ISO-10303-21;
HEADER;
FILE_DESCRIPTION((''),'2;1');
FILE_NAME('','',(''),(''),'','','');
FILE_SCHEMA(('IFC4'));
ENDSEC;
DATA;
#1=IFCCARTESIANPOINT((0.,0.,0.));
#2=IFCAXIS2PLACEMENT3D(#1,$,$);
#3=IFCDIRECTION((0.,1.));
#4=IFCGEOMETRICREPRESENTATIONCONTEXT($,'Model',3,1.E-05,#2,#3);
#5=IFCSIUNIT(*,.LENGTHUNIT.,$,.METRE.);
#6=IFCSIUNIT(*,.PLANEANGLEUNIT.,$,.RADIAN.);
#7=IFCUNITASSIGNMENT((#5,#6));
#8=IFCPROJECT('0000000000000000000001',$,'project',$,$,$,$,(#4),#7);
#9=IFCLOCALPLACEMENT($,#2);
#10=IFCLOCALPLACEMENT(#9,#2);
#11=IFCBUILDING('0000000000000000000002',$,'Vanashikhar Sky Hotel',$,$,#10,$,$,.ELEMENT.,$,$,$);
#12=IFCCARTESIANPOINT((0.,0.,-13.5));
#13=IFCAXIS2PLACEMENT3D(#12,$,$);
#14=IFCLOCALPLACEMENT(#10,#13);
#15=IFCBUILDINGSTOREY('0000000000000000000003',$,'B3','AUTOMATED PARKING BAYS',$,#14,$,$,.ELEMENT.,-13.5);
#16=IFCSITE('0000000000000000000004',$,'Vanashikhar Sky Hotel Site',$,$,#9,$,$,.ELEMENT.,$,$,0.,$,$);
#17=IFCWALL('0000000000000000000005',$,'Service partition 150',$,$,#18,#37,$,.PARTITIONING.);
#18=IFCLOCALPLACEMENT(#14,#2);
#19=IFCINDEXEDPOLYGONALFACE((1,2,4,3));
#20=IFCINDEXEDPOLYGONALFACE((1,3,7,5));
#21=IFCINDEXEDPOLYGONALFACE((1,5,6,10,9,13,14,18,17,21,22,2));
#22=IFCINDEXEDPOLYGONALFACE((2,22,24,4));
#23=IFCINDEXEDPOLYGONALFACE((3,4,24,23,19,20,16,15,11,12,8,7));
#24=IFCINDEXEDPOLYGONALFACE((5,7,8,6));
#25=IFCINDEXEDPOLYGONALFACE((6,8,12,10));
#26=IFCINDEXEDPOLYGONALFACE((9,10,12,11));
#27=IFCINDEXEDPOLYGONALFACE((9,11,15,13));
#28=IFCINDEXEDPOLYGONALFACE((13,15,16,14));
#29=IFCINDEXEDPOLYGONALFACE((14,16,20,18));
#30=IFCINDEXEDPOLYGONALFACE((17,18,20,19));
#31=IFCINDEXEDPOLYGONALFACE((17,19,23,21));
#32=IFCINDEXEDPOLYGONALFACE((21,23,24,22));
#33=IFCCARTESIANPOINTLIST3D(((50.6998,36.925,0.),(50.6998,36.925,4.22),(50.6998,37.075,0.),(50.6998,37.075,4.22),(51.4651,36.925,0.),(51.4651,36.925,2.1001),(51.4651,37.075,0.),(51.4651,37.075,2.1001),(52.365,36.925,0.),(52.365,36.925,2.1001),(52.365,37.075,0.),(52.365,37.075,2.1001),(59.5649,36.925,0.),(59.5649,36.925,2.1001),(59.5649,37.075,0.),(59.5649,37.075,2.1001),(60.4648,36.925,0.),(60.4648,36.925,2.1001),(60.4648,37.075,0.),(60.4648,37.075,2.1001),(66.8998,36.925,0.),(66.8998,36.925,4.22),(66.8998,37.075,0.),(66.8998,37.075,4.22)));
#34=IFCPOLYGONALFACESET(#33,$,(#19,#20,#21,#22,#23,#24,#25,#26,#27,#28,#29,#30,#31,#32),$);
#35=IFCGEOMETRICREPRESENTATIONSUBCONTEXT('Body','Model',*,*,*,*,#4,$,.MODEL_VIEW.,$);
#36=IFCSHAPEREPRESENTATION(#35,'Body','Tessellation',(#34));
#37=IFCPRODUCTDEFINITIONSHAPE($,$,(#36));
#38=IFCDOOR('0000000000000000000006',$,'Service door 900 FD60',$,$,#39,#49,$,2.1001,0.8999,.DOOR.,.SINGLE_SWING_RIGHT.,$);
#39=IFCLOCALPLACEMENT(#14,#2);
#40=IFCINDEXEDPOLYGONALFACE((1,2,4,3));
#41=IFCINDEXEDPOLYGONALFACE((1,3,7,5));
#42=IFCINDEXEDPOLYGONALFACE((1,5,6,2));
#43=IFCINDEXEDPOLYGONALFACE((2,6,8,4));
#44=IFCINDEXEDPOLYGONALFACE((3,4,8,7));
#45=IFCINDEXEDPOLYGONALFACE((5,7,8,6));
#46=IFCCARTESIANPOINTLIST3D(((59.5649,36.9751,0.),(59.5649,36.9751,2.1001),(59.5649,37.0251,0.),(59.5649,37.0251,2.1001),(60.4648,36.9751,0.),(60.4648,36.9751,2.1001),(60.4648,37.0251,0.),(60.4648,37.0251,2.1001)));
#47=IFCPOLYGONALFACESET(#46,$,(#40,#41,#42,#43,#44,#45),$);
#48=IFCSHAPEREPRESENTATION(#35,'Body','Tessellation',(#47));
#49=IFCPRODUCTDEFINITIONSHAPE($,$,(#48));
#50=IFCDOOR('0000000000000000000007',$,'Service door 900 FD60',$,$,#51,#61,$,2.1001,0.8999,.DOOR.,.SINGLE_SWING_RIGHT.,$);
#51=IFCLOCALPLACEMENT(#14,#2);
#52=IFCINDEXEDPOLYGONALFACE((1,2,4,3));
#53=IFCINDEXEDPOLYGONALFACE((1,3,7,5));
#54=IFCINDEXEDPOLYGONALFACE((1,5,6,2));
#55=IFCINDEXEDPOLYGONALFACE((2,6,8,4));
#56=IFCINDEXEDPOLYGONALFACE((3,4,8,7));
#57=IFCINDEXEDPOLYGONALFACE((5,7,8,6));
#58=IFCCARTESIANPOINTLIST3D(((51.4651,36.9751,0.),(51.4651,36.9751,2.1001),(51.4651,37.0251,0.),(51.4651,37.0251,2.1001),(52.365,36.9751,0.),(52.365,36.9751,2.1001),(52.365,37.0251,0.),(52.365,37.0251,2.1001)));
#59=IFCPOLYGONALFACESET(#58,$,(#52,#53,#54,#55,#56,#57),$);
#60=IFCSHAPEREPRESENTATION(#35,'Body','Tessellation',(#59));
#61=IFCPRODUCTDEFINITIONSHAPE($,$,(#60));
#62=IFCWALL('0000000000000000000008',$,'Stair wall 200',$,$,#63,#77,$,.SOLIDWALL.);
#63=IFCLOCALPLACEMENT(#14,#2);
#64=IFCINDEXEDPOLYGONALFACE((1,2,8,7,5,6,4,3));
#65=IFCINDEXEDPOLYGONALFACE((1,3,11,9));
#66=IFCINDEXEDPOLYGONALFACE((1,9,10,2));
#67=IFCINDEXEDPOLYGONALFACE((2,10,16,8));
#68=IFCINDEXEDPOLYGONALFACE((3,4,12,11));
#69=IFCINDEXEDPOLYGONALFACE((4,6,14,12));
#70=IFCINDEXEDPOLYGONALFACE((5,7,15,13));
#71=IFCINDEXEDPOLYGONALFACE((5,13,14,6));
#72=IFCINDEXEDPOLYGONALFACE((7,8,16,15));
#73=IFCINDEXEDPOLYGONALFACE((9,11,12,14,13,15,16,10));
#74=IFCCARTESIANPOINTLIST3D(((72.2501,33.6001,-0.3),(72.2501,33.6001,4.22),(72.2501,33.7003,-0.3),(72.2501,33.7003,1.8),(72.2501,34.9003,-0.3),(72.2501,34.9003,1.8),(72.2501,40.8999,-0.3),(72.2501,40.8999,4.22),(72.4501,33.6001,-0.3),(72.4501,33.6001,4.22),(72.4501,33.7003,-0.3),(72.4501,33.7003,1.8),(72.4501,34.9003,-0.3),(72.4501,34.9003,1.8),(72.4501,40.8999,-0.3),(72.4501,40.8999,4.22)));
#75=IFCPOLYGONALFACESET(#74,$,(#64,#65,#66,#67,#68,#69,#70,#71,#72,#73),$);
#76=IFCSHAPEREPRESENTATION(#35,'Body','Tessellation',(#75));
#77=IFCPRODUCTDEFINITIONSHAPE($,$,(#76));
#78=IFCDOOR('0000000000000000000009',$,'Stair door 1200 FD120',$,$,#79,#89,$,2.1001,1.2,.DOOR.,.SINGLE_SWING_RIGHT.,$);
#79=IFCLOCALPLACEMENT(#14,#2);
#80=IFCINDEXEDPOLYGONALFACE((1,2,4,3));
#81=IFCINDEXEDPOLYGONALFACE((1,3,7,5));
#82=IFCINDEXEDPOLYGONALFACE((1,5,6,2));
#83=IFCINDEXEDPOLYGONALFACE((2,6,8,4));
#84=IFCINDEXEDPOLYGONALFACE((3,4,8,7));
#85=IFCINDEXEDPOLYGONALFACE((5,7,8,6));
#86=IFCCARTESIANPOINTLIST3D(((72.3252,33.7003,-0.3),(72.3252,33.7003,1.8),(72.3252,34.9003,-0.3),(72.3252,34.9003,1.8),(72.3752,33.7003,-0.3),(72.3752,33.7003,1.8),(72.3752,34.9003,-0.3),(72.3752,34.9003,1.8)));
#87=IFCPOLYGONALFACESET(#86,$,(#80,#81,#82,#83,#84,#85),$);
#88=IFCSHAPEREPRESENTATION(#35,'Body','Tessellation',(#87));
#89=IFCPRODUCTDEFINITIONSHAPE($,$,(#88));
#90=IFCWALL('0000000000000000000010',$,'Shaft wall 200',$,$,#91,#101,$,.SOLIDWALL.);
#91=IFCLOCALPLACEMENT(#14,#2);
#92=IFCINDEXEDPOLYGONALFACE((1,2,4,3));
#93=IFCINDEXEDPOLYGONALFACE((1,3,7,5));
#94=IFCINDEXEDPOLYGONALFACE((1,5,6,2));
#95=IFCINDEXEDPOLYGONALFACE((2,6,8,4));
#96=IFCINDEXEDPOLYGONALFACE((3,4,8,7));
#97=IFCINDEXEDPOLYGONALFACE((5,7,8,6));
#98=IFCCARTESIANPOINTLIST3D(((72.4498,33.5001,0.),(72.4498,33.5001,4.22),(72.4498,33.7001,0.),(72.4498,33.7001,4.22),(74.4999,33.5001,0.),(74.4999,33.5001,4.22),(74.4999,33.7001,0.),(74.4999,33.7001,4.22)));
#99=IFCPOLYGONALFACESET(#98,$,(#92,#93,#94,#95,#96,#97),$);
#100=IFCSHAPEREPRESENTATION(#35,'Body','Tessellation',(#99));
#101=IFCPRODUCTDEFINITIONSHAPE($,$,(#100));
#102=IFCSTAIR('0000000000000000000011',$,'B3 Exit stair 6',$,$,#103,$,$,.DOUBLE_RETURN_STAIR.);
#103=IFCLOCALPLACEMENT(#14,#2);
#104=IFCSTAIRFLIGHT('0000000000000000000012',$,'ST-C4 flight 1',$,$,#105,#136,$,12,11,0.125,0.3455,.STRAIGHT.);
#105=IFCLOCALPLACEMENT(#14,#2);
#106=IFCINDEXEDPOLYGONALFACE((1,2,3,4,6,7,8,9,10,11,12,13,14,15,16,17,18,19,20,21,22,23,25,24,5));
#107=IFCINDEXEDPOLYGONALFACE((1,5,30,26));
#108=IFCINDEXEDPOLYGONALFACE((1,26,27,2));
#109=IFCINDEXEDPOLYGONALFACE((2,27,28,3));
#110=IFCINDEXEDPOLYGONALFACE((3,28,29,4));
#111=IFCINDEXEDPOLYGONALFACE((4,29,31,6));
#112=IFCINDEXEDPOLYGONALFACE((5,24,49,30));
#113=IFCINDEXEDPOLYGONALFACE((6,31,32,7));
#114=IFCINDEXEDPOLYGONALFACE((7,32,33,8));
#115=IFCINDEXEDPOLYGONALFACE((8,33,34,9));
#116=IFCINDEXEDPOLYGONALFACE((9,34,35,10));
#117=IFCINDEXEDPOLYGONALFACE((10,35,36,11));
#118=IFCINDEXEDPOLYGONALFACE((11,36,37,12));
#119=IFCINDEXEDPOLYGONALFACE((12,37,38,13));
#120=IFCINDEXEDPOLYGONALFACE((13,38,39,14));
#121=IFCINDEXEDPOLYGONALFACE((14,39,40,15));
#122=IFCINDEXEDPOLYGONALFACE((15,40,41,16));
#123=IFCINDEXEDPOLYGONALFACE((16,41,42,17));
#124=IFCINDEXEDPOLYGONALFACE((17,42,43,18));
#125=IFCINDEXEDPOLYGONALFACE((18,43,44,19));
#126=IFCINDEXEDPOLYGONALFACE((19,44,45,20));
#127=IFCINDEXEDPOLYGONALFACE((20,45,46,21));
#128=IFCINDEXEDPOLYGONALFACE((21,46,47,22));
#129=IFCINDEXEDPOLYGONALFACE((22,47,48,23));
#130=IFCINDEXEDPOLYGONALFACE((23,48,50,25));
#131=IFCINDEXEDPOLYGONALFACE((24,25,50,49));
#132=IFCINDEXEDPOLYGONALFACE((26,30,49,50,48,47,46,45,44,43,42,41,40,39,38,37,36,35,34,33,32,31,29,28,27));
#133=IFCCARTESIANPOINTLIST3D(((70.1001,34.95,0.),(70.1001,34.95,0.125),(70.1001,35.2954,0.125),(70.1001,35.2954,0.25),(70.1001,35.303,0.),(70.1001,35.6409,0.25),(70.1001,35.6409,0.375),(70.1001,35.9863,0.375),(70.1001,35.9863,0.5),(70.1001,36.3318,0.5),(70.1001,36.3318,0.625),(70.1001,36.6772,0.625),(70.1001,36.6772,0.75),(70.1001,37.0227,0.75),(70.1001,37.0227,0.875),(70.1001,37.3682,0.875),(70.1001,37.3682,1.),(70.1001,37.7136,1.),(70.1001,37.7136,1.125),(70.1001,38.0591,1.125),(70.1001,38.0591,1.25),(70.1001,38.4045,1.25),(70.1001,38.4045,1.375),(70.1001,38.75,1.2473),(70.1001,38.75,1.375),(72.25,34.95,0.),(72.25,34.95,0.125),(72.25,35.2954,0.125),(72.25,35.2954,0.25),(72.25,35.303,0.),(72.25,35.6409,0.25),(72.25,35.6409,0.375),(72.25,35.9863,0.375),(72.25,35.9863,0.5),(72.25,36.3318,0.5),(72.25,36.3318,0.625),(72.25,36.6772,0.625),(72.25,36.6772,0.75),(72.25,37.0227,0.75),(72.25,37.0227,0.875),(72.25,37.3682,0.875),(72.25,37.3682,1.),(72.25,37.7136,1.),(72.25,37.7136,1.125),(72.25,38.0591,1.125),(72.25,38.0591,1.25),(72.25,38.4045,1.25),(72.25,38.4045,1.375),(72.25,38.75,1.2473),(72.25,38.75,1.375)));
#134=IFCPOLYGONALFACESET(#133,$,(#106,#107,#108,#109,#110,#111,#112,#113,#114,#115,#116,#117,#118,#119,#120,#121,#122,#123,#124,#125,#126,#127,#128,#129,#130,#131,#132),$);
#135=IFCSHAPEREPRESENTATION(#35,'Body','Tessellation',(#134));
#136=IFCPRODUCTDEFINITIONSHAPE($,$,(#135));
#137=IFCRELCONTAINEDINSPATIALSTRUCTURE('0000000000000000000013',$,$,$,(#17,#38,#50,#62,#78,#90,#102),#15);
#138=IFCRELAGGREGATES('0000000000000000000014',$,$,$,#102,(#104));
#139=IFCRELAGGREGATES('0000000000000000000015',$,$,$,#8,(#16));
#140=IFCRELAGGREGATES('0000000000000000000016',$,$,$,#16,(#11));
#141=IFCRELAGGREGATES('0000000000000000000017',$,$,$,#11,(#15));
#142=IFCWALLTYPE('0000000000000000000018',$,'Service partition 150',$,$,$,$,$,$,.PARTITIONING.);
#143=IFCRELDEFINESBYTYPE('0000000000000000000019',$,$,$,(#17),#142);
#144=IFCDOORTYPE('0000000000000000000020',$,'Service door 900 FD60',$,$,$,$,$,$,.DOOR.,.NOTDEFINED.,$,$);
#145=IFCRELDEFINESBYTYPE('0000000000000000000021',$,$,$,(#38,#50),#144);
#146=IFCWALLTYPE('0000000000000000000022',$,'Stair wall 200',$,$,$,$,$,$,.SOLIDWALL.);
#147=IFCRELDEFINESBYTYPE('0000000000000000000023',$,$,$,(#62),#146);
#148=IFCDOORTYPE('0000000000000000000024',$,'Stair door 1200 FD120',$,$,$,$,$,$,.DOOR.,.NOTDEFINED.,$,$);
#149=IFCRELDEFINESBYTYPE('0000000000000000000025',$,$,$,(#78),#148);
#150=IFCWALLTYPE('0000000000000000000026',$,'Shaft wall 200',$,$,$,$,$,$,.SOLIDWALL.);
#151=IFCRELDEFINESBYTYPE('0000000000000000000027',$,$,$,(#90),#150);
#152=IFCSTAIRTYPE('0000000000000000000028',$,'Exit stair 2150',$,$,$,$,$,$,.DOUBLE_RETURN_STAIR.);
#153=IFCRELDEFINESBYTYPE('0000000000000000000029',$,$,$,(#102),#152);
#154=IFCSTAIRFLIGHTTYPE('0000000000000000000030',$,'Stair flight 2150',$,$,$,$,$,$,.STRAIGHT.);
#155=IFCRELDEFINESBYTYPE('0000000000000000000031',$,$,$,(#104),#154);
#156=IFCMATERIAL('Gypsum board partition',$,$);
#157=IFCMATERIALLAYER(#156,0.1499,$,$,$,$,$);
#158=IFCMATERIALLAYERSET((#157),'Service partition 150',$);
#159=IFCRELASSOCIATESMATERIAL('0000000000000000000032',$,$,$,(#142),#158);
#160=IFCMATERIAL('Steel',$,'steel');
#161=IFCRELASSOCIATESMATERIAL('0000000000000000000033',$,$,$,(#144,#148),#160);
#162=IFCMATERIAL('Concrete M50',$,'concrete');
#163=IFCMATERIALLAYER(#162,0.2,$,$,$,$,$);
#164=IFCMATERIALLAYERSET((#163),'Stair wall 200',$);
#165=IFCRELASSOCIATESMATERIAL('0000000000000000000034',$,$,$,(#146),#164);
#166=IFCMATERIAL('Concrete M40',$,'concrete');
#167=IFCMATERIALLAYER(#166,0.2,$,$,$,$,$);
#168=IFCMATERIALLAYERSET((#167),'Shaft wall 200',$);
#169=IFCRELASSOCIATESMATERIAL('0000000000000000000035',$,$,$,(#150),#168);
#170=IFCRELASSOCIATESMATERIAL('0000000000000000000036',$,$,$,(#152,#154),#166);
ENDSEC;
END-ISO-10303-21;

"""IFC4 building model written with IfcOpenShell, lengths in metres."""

from ifc_helpers import new_model, si_unit, direction, frame, frame_2d, origin, place, context, subcontext, project, spatial, polyline, rectangle, outline, extrude, source, transform, mapped, material, layer, layer_set, type_object, element, fill, aggregate, save


model = new_model("IFC4")

# Units and contexts
model_context = context("Model", 3, precision=1e-05, world=origin(), true_north=direction((0.0, 1.0)))
body_context = subcontext(model_context, "Body", "Model", "MODEL_VIEW")
ifc_project = project(units=[si_unit("LENGTHUNIT", "METRE"), si_unit("PLANEANGLEUNIT", "RADIAN")], contexts=[model_context])

# Site, building, storey
site_placement = place(None, origin())
site = spatial("IfcSite", under=ifc_project, at=site_placement, Name="Vanashikhar Sky Hotel Site", CompositionType="ELEMENT", RefElevation=0.0)
building_placement = place(site_placement, origin())
building = spatial("IfcBuilding", under=site, at=building_placement, Name="Vanashikhar Sky Hotel", CompositionType="ELEMENT")
storey_placement = place(building_placement, frame((0.0, 0.0, -13.5)))
storey = spatial("IfcBuildingStorey", under=building, at=storey_placement, Name="B3", Description="AUTOMATED PARKING BAYS", CompositionType="ELEMENT", Elevation=-13.5)

# Shared definitions
ifc_material_1 = material(Name="Concrete M40", Category="concrete")

# Wall, openings, doors
ifc_material_2 = material(Name="Gypsum board partition")
ifc_layer_1 = layer(ifc_material_2, 0.1499)
ifc_layer_set_1 = layer_set([ifc_layer_1], Name="Service partition 150")
wall_type_1 = type_object("IfcWallType", Name="Service partition 150", PredefinedType="PARTITIONING", material=ifc_layer_set_1)
shared_shape_1 = source(origin(), body_context, "Body", "SweptSolid", [
    extrude(rectangle(XDim=0.8999, YDim=2.1001, at=frame_2d((0.45, 1.05))), frame((0.0, 0.085, 0.0), z_axis=(0.0, -1.0, 0.0), x_axis=(1.0, 0.0, 0.0)), (0.0, 0.0, 1.0), 0.1699),
])
ifc_material_3 = material(Name="Steel", Category="steel")
door_type_1 = type_object("IfcDoorType", Name="Service door 900 FD60", OperationType="NOTDEFINED", PredefinedType="DOOR", material=ifc_material_3)
shared_shape_2 = source(origin(), body_context, "Body", "SweptSolid", [
    extrude(rectangle(XDim=0.8999, YDim=2.1001, at=frame_2d((0.45, 1.05))), frame((0.0, 0.0249, 0.0), z_axis=(0.0, -1.0, 0.0), x_axis=(1.0, 0.0, 0.0)), (0.0, 0.0, 1.0), 0.05),
])
shared_shape_3 = source(origin(), body_context, "Body", "SweptSolid", [
    extrude(rectangle(XDim=16.2, YDim=0.1499, at=frame_2d((8.1001, 0.0))), origin(), (0.0, 0.0, 1.0), 4.22),
])
wall_1_placement = place(storey_placement, frame((66.8999, 37.0, 0.0), z_axis=(0.0, 0.0, 1.0), x_axis=(-1.0, 0.0, 0.0)))
wall_1 = element("IfcWall", 1, at=wall_1_placement, inside=storey, type_object=wall_type_1, Name="Service partition 150", PredefinedType="PARTITIONING", context=body_context, shape_type="MappedRepresentation", body=[
    mapped(shared_shape_3, transform((0.0, 0.0, 0.0), scale=1.0)),
])
opening_1_placement = place(wall_1_placement, frame((6.4351, 0.0, 0.0)))
opening_1 = element("IfcOpeningElement", 2, at=opening_1_placement, cuts=wall_1, PredefinedType="OPENING", context=body_context, shape_type="MappedRepresentation", body=[
    mapped(shared_shape_1, transform((0.0, 0.0, 0.0), scale=1.0)),
])
opening_2_placement = place(wall_1_placement, frame((14.5349, 0.0, 0.0)))
opening_2 = element("IfcOpeningElement", 3, at=opening_2_placement, cuts=wall_1, PredefinedType="OPENING", context=body_context, shape_type="MappedRepresentation", body=[
    mapped(shared_shape_1, transform((0.0, 0.0, 0.0), scale=1.0)),
])
door_1_placement = place(opening_1_placement, origin())
door_1 = element("IfcDoor", 4, at=door_1_placement, inside=storey, type_object=door_type_1, Name="Service door 900 FD60", OperationType="SINGLE_SWING_RIGHT", OverallHeight=2.1001, OverallWidth=0.8999, PredefinedType="DOOR", context=body_context, shape_type="MappedRepresentation", body=[
    mapped(shared_shape_2, transform((0.0, 0.0, 0.0), scale=1.0)),
])
fill(opening_1, door_1)
door_2_placement = place(opening_2_placement, origin())
door_2 = element("IfcDoor", 5, at=door_2_placement, inside=storey, type_object=door_type_1, Name="Service door 900 FD60", OperationType="SINGLE_SWING_RIGHT", OverallHeight=2.1001, OverallWidth=0.8999, PredefinedType="DOOR", context=body_context, shape_type="MappedRepresentation", body=[
    mapped(shared_shape_2, transform((0.0, 0.0, 0.0), scale=1.0)),
])
fill(opening_2, door_2)

# Wall, opening, door
ifc_material_4 = material(Name="Concrete M50", Category="concrete")
ifc_layer_2 = layer(ifc_material_4, 0.2)
ifc_layer_set_2 = layer_set([ifc_layer_2], Name="Stair wall 200")
wall_type_2 = type_object("IfcWallType", Name="Stair wall 200", PredefinedType="SOLIDWALL", material=ifc_layer_set_2)
shared_shape_4 = source(origin(), body_context, "Body", "SweptSolid", [
    extrude(rectangle(XDim=7.2998, YDim=0.2, at=frame_2d((3.6499, 0.0))), origin(), (0.0, 0.0, 1.0), 4.52),
])
wall_2_placement = place(storey_placement, frame((72.3501, 33.6001, -0.3), z_axis=(0.0, 0.0, 1.0), x_axis=(0.0, 1.0, 0.0)))
wall_2 = element("IfcWall", 6, at=wall_2_placement, inside=storey, type_object=wall_type_2, Name="Stair wall 200", PredefinedType="SOLIDWALL", context=body_context, shape_type="MappedRepresentation", body=[
    mapped(shared_shape_4, transform((0.0, 0.0, 0.0), scale=1.0)),
])
shared_shape_5 = source(origin(), body_context, "Body", "SweptSolid", [
    extrude(rectangle(XDim=1.2, YDim=2.1001, at=frame_2d((0.6001, 1.05))), frame((0.0, 0.1099, 0.0), z_axis=(0.0, -1.0, 0.0), x_axis=(1.0, 0.0, 0.0)), (0.0, 0.0, 1.0), 0.22),
])
opening_3_placement = place(wall_2_placement, frame((0.1001, 0.0, 0.0)))
opening_3 = element("IfcOpeningElement", 7, at=opening_3_placement, cuts=wall_2, PredefinedType="OPENING", context=body_context, shape_type="MappedRepresentation", body=[
    mapped(shared_shape_5, transform((0.0, 0.0, 0.0), scale=1.0)),
])
door_type_2 = type_object("IfcDoorType", Name="Stair door 1200 FD120", OperationType="NOTDEFINED", PredefinedType="DOOR", material=ifc_material_3)
shared_shape_6 = source(origin(), body_context, "Body", "SweptSolid", [
    extrude(rectangle(XDim=1.2, YDim=2.1001, at=frame_2d((0.6001, 1.05))), frame((0.0, 0.0249, 0.0), z_axis=(0.0, -1.0, 0.0), x_axis=(1.0, 0.0, 0.0)), (0.0, 0.0, 1.0), 0.05),
])
door_3_placement = place(opening_3_placement, origin())
door_3 = element("IfcDoor", 8, at=door_3_placement, inside=storey, type_object=door_type_2, Name="Stair door 1200 FD120", OperationType="SINGLE_SWING_RIGHT", OverallHeight=2.1001, OverallWidth=1.2, PredefinedType="DOOR", context=body_context, shape_type="MappedRepresentation", body=[
    mapped(shared_shape_6, transform((0.0, 0.0, 0.0), scale=1.0)),
])
fill(opening_3, door_3)

# Wall
ifc_layer_3 = layer(ifc_material_1, 0.2)
ifc_layer_set_3 = layer_set([ifc_layer_3], Name="Shaft wall 200")
wall_type_3 = type_object("IfcWallType", Name="Shaft wall 200", PredefinedType="SOLIDWALL", material=ifc_layer_set_3)
shared_shape_7 = source(origin(), body_context, "Body", "SweptSolid", [
    extrude(rectangle(XDim=2.05, YDim=0.2, at=frame_2d((1.0249, 0.0))), origin(), (0.0, 0.0, 1.0), 4.22),
])
wall_3_placement = place(storey_placement, frame((72.45, 33.6001, 0.0), z_axis=(0.0, 0.0, 1.0), x_axis=(1.0, 0.0, 0.0)))
element("IfcWall", 9, at=wall_3_placement, inside=storey, type_object=wall_type_3, Name="Shaft wall 200", PredefinedType="SOLIDWALL", context=body_context, shape_type="MappedRepresentation", body=[
    mapped(shared_shape_7, transform((0.0, 0.0, 0.0), scale=1.0)),
])

# Stair, stair flight
stair_type = type_object("IfcStairType", Name="Exit stair 2150", PredefinedType="DOUBLE_RETURN_STAIR", material=ifc_material_1)
stair_placement = place(storey_placement, origin())
stair = element("IfcStair", 10, at=stair_placement, inside=storey, type_object=stair_type, Name="B3 Exit stair 6", PredefinedType="DOUBLE_RETURN_STAIR")
stair_flight_type = type_object("IfcStairFlightType", Name="Stair flight 2150", PredefinedType="STRAIGHT", material=ifc_material_1)
shared_shape_8 = source(origin(), body_context, "Body", "SweptSolid", [
    extrude(outline(polyline([(0.0, 0.0), (0.0, 0.125), (0.3455, 0.125), (0.3455, 0.25), (0.6909, 0.25), (0.6909, 0.375), (1.0364, 0.375), (1.0364, 0.5), (1.3818, 0.5), (1.3818, 0.625), (1.7273, 0.625), (1.7273, 0.75), (2.0728, 0.75), (2.0728, 0.875), (2.4182, 0.875), (2.4182, 1.0), (2.7637, 1.0), (2.7637, 1.125), (3.1091, 1.125), (3.1091, 1.25), (3.4546, 1.25), (3.4546, 1.375), (3.8, 1.375), (3.8, 1.5), (3.8, 1.2473), (0.353, 0.0), (0.0, 0.0)])), frame((0.0, 1.075, 0.0), z_axis=(0.0, -1.0, 0.0), x_axis=(1.0, 0.0, 0.0)), (0.0, 0.0, 1.0), 2.1499),
])
stair_flight_1_placement = place(storey_placement, frame((71.175, 34.95, 0.0), z_axis=(0.0, 0.0, 1.0), x_axis=(0.0, 1.0, 0.0)))
stair_flight_1 = element("IfcStairFlight", 11, at=stair_flight_1_placement, type_object=stair_flight_type, Name="ST-C4 flight 1", NumberOfRisers=12, NumberOfTreads=11, PredefinedType="STRAIGHT", RiserHeight=0.125, TreadLength=0.3455, context=body_context, shape_type="MappedRepresentation", body=[
    mapped(shared_shape_8, transform((0.0, 0.0, 0.0), scale=1.0)),
])
aggregate(stair, [stair_flight_1])

save(model, "model.ifc")
